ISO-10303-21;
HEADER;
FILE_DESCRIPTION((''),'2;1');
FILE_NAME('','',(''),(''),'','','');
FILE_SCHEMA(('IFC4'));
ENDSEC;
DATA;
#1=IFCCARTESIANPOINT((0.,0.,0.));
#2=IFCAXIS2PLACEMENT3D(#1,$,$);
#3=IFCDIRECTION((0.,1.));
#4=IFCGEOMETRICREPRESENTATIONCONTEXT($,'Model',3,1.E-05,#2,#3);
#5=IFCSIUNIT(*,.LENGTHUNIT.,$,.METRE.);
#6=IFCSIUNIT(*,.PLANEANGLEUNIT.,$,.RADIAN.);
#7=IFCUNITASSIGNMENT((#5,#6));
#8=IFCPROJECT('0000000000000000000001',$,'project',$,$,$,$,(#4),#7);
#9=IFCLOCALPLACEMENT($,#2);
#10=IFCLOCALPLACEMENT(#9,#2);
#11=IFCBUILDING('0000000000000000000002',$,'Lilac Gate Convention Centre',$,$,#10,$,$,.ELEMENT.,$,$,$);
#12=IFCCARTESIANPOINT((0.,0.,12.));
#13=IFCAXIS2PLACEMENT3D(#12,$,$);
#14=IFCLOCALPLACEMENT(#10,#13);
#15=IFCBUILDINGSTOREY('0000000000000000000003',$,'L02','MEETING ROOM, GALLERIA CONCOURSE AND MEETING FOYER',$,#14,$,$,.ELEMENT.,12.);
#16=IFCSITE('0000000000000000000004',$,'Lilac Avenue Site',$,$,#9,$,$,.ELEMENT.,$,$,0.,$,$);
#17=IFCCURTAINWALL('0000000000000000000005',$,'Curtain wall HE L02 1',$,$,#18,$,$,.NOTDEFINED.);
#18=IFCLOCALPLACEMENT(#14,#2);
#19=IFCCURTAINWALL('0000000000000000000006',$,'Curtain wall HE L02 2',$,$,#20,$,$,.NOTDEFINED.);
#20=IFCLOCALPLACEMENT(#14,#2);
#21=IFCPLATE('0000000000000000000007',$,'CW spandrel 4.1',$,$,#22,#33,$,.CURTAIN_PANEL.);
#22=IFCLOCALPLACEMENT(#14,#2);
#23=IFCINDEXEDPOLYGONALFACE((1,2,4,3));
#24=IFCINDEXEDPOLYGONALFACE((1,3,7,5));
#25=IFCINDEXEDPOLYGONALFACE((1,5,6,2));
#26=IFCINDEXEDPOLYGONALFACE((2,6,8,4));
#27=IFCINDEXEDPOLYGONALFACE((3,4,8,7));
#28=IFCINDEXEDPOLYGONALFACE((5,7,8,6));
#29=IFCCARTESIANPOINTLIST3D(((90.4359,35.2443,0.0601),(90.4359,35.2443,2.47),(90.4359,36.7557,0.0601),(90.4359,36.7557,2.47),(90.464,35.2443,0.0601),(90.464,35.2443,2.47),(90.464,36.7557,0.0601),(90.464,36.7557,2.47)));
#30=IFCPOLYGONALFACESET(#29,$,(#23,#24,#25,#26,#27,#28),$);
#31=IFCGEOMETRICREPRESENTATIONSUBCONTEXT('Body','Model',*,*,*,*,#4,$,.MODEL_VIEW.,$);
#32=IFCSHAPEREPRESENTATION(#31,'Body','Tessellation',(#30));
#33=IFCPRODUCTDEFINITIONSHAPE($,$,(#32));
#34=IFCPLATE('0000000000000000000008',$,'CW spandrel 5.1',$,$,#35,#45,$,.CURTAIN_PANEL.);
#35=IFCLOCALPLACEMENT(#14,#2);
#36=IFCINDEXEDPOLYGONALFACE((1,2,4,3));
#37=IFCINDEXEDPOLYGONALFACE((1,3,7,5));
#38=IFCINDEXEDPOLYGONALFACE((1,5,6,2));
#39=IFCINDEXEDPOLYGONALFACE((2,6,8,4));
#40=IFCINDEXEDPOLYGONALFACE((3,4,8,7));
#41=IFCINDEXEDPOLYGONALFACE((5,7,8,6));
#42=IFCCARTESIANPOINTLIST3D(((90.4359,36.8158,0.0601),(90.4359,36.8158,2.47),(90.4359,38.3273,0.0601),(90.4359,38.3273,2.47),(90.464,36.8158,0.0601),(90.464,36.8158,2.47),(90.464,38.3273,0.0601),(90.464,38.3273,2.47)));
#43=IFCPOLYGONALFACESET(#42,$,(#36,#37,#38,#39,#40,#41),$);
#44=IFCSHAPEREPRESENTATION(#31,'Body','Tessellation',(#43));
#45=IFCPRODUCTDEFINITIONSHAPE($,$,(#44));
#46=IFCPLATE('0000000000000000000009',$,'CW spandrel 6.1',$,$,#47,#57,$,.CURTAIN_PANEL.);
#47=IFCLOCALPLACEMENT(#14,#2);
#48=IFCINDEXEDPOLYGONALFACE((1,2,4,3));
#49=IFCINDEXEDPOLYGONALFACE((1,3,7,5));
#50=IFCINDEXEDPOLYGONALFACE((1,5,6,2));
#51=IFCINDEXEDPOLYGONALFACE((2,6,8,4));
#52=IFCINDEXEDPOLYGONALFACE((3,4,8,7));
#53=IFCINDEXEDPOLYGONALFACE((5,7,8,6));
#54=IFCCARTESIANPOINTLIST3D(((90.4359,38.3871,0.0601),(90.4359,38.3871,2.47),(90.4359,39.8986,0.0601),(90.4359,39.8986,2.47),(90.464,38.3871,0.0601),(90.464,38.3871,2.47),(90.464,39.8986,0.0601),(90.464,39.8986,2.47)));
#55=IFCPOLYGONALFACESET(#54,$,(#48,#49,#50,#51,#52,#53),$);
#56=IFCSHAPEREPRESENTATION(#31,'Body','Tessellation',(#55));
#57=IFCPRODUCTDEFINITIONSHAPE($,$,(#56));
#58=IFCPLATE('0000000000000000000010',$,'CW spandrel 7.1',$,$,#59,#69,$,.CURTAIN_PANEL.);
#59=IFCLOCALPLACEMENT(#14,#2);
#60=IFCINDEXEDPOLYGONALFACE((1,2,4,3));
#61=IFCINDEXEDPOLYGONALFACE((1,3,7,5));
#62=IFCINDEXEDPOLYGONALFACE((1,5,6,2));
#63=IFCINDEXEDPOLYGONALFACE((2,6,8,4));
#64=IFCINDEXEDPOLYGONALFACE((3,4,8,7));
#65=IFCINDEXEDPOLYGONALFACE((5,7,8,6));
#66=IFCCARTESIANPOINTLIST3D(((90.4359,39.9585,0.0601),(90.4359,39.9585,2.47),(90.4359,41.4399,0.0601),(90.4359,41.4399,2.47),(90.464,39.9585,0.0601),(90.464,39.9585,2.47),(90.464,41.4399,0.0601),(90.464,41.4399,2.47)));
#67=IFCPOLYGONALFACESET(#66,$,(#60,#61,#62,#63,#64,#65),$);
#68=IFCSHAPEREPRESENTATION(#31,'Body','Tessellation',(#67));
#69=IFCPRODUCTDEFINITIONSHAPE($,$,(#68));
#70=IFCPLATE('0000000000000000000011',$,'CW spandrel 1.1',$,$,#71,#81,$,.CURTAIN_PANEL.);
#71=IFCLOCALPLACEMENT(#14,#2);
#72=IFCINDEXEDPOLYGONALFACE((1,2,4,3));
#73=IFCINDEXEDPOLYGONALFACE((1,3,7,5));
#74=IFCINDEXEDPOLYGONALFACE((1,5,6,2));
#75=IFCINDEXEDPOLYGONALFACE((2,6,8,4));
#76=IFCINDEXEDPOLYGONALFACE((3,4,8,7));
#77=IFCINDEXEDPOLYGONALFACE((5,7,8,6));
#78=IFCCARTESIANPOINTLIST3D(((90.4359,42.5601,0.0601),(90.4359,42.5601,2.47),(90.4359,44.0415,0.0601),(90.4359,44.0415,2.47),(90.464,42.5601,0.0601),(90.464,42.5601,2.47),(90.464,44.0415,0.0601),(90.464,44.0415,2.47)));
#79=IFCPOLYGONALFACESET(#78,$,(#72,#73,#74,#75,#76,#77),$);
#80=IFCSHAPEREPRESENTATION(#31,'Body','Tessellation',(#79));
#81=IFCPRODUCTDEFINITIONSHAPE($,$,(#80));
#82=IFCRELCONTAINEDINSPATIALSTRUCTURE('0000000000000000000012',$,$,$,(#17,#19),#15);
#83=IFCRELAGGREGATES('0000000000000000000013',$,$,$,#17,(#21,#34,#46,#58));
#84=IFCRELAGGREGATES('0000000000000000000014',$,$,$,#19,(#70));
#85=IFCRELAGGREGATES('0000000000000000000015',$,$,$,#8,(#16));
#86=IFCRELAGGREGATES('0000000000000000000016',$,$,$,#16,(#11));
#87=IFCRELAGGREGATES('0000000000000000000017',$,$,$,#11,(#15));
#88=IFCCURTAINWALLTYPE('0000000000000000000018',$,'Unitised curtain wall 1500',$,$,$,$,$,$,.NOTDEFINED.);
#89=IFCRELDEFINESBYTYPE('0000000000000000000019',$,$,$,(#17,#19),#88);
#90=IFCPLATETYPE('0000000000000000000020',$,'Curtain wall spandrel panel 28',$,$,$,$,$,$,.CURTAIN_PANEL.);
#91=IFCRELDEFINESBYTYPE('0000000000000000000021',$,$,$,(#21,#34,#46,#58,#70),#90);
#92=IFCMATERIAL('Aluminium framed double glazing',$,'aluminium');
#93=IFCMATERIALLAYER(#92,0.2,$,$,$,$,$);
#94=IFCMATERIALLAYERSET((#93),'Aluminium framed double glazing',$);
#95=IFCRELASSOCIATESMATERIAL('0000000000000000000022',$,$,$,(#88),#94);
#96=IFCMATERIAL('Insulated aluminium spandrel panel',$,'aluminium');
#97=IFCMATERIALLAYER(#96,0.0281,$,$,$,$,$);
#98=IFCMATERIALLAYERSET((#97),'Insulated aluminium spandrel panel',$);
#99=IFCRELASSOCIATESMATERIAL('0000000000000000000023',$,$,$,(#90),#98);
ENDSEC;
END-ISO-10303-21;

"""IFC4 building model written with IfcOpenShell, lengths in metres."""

from ifc_helpers import new_model, si_unit, direction, frame, origin, origin_2d, place, context, subcontext, project, spatial, rectangle, extrude, material, layer, layer_set, type_object, element, aggregate, save


model = new_model("IFC4")

# Units and contexts
model_context = context("Model", 3, precision=1e-05, world=origin(), true_north=direction((0.0, 1.0)))
body_context = subcontext(model_context, "Body", "Model", "MODEL_VIEW")
ifc_project = project(units=[si_unit("LENGTHUNIT", "METRE"), si_unit("PLANEANGLEUNIT", "RADIAN")], contexts=[model_context])

# Site, building, storey
site_placement = place(None, origin())
site = spatial("IfcSite", under=ifc_project, at=site_placement, Name="Lilac Avenue Site", CompositionType="ELEMENT", RefElevation=0.0)
building_placement = place(site_placement, origin())
building = spatial("IfcBuilding", under=site, at=building_placement, Name="Lilac Gate Convention Centre", CompositionType="ELEMENT")
storey_placement = place(building_placement, frame((0.0, 0.0, 12.0)))
storey = spatial("IfcBuildingStorey", under=building, at=storey_placement, Name="L02", Description="MEETING ROOM, GALLERIA CONCOURSE AND MEETING FOYER", CompositionType="ELEMENT", Elevation=12.0)

# Curtain wall
ifc_material_1 = material(Name="Aluminium framed double glazing", Category="aluminium")
ifc_layer_1 = layer(ifc_material_1, 0.2)
ifc_layer_set_1 = layer_set([ifc_layer_1], Name="Aluminium framed double glazing")
curtain_wall_type = type_object("IfcCurtainWallType", Name="Unitised curtain wall 1500", PredefinedType="NOTDEFINED", material=ifc_layer_set_1)
curtain_wall_1_placement = place(storey_placement, origin())
curtain_wall_1 = element("IfcCurtainWall", 1, at=curtain_wall_1_placement, inside=storey, type_object=curtain_wall_type, Name="Curtain wall HE L02 1", PredefinedType="NOTDEFINED")

# Curtain wall
curtain_wall_2_placement = place(storey_placement, origin())
curtain_wall_2 = element("IfcCurtainWall", 2, at=curtain_wall_2_placement, inside=storey, type_object=curtain_wall_type, Name="Curtain wall HE L02 2", PredefinedType="NOTDEFINED")

# Plates
ifc_material_2 = material(Name="Insulated aluminium spandrel panel", Category="aluminium")
ifc_layer_2 = layer(ifc_material_2, 0.0281)
ifc_layer_set_2 = layer_set([ifc_layer_2], Name="Insulated aluminium spandrel panel")
plate_type_1 = type_object("IfcPlateType", Name="Curtain wall spandrel panel 28", PredefinedType="CURTAIN_PANEL", material=ifc_layer_set_2)
plate_1_placement = place(storey_placement, frame((90.45, 36.0, 0.0601), z_axis=(0.0, 0.0, 1.0), x_axis=(0.0, 1.0, 0.0)))
plate_1 = element("IfcPlate", 3, at=plate_1_placement, type_object=plate_type_1, Name="CW spandrel 4.1", PredefinedType="CURTAIN_PANEL", context=body_context, shape_type="SweptSolid", body=[
    extrude(rectangle(XDim=1.5115, YDim=0.0281, at=origin_2d()), origin(), (0.0, 0.0, 1.0), 2.4099),
])
plate_2_placement = place(storey_placement, frame((90.45, 37.5715, 0.0601), z_axis=(0.0, 0.0, 1.0), x_axis=(0.0, 1.0, 0.0)))
plate_2 = element("IfcPlate", 4, at=plate_2_placement, type_object=plate_type_1, Name="CW spandrel 5.1", PredefinedType="CURTAIN_PANEL", context=body_context, shape_type="SweptSolid", body=[
    extrude(rectangle(XDim=1.5115, YDim=0.0281, at=origin_2d()), origin(), (0.0, 0.0, 1.0), 2.4099),
])
plate_3_placement = place(storey_placement, frame((90.45, 39.1428, 0.0601), z_axis=(0.0, 0.0, 1.0), x_axis=(0.0, 1.0, 0.0)))
plate_3 = element("IfcPlate", 5, at=plate_3_placement, type_object=plate_type_1, Name="CW spandrel 6.1", PredefinedType="CURTAIN_PANEL", context=body_context, shape_type="SweptSolid", body=[
    extrude(rectangle(XDim=1.5115, YDim=0.0281, at=origin_2d()), origin(), (0.0, 0.0, 1.0), 2.4099),
])
plate_4_placement = place(storey_placement, frame((90.45, 40.6992, 0.0601), z_axis=(0.0, 0.0, 1.0), x_axis=(0.0, 1.0, 0.0)))
plate_4 = element("IfcPlate", 6, at=plate_4_placement, type_object=plate_type_1, Name="CW spandrel 7.1", PredefinedType="CURTAIN_PANEL", context=body_context, shape_type="SweptSolid", body=[
    extrude(rectangle(XDim=1.4814, YDim=0.0281, at=origin_2d()), origin(), (0.0, 0.0, 1.0), 2.4099),
])
aggregate(curtain_wall_1, [plate_1, plate_2, plate_3, plate_4])
plate_5_placement = place(storey_placement, frame((90.45, 43.3008, 0.0601), z_axis=(0.0, 0.0, 1.0), x_axis=(0.0, 1.0, 0.0)))
plate_5 = element("IfcPlate", 7, at=plate_5_placement, type_object=plate_type_1, Name="CW spandrel 1.1", PredefinedType="CURTAIN_PANEL", context=body_context, shape_type="SweptSolid", body=[
    extrude(rectangle(XDim=1.4814, YDim=0.0281, at=origin_2d()), origin(), (0.0, 0.0, 1.0), 2.4099),
])
aggregate(curtain_wall_2, [plate_5])

save(model, "model.ifc")
